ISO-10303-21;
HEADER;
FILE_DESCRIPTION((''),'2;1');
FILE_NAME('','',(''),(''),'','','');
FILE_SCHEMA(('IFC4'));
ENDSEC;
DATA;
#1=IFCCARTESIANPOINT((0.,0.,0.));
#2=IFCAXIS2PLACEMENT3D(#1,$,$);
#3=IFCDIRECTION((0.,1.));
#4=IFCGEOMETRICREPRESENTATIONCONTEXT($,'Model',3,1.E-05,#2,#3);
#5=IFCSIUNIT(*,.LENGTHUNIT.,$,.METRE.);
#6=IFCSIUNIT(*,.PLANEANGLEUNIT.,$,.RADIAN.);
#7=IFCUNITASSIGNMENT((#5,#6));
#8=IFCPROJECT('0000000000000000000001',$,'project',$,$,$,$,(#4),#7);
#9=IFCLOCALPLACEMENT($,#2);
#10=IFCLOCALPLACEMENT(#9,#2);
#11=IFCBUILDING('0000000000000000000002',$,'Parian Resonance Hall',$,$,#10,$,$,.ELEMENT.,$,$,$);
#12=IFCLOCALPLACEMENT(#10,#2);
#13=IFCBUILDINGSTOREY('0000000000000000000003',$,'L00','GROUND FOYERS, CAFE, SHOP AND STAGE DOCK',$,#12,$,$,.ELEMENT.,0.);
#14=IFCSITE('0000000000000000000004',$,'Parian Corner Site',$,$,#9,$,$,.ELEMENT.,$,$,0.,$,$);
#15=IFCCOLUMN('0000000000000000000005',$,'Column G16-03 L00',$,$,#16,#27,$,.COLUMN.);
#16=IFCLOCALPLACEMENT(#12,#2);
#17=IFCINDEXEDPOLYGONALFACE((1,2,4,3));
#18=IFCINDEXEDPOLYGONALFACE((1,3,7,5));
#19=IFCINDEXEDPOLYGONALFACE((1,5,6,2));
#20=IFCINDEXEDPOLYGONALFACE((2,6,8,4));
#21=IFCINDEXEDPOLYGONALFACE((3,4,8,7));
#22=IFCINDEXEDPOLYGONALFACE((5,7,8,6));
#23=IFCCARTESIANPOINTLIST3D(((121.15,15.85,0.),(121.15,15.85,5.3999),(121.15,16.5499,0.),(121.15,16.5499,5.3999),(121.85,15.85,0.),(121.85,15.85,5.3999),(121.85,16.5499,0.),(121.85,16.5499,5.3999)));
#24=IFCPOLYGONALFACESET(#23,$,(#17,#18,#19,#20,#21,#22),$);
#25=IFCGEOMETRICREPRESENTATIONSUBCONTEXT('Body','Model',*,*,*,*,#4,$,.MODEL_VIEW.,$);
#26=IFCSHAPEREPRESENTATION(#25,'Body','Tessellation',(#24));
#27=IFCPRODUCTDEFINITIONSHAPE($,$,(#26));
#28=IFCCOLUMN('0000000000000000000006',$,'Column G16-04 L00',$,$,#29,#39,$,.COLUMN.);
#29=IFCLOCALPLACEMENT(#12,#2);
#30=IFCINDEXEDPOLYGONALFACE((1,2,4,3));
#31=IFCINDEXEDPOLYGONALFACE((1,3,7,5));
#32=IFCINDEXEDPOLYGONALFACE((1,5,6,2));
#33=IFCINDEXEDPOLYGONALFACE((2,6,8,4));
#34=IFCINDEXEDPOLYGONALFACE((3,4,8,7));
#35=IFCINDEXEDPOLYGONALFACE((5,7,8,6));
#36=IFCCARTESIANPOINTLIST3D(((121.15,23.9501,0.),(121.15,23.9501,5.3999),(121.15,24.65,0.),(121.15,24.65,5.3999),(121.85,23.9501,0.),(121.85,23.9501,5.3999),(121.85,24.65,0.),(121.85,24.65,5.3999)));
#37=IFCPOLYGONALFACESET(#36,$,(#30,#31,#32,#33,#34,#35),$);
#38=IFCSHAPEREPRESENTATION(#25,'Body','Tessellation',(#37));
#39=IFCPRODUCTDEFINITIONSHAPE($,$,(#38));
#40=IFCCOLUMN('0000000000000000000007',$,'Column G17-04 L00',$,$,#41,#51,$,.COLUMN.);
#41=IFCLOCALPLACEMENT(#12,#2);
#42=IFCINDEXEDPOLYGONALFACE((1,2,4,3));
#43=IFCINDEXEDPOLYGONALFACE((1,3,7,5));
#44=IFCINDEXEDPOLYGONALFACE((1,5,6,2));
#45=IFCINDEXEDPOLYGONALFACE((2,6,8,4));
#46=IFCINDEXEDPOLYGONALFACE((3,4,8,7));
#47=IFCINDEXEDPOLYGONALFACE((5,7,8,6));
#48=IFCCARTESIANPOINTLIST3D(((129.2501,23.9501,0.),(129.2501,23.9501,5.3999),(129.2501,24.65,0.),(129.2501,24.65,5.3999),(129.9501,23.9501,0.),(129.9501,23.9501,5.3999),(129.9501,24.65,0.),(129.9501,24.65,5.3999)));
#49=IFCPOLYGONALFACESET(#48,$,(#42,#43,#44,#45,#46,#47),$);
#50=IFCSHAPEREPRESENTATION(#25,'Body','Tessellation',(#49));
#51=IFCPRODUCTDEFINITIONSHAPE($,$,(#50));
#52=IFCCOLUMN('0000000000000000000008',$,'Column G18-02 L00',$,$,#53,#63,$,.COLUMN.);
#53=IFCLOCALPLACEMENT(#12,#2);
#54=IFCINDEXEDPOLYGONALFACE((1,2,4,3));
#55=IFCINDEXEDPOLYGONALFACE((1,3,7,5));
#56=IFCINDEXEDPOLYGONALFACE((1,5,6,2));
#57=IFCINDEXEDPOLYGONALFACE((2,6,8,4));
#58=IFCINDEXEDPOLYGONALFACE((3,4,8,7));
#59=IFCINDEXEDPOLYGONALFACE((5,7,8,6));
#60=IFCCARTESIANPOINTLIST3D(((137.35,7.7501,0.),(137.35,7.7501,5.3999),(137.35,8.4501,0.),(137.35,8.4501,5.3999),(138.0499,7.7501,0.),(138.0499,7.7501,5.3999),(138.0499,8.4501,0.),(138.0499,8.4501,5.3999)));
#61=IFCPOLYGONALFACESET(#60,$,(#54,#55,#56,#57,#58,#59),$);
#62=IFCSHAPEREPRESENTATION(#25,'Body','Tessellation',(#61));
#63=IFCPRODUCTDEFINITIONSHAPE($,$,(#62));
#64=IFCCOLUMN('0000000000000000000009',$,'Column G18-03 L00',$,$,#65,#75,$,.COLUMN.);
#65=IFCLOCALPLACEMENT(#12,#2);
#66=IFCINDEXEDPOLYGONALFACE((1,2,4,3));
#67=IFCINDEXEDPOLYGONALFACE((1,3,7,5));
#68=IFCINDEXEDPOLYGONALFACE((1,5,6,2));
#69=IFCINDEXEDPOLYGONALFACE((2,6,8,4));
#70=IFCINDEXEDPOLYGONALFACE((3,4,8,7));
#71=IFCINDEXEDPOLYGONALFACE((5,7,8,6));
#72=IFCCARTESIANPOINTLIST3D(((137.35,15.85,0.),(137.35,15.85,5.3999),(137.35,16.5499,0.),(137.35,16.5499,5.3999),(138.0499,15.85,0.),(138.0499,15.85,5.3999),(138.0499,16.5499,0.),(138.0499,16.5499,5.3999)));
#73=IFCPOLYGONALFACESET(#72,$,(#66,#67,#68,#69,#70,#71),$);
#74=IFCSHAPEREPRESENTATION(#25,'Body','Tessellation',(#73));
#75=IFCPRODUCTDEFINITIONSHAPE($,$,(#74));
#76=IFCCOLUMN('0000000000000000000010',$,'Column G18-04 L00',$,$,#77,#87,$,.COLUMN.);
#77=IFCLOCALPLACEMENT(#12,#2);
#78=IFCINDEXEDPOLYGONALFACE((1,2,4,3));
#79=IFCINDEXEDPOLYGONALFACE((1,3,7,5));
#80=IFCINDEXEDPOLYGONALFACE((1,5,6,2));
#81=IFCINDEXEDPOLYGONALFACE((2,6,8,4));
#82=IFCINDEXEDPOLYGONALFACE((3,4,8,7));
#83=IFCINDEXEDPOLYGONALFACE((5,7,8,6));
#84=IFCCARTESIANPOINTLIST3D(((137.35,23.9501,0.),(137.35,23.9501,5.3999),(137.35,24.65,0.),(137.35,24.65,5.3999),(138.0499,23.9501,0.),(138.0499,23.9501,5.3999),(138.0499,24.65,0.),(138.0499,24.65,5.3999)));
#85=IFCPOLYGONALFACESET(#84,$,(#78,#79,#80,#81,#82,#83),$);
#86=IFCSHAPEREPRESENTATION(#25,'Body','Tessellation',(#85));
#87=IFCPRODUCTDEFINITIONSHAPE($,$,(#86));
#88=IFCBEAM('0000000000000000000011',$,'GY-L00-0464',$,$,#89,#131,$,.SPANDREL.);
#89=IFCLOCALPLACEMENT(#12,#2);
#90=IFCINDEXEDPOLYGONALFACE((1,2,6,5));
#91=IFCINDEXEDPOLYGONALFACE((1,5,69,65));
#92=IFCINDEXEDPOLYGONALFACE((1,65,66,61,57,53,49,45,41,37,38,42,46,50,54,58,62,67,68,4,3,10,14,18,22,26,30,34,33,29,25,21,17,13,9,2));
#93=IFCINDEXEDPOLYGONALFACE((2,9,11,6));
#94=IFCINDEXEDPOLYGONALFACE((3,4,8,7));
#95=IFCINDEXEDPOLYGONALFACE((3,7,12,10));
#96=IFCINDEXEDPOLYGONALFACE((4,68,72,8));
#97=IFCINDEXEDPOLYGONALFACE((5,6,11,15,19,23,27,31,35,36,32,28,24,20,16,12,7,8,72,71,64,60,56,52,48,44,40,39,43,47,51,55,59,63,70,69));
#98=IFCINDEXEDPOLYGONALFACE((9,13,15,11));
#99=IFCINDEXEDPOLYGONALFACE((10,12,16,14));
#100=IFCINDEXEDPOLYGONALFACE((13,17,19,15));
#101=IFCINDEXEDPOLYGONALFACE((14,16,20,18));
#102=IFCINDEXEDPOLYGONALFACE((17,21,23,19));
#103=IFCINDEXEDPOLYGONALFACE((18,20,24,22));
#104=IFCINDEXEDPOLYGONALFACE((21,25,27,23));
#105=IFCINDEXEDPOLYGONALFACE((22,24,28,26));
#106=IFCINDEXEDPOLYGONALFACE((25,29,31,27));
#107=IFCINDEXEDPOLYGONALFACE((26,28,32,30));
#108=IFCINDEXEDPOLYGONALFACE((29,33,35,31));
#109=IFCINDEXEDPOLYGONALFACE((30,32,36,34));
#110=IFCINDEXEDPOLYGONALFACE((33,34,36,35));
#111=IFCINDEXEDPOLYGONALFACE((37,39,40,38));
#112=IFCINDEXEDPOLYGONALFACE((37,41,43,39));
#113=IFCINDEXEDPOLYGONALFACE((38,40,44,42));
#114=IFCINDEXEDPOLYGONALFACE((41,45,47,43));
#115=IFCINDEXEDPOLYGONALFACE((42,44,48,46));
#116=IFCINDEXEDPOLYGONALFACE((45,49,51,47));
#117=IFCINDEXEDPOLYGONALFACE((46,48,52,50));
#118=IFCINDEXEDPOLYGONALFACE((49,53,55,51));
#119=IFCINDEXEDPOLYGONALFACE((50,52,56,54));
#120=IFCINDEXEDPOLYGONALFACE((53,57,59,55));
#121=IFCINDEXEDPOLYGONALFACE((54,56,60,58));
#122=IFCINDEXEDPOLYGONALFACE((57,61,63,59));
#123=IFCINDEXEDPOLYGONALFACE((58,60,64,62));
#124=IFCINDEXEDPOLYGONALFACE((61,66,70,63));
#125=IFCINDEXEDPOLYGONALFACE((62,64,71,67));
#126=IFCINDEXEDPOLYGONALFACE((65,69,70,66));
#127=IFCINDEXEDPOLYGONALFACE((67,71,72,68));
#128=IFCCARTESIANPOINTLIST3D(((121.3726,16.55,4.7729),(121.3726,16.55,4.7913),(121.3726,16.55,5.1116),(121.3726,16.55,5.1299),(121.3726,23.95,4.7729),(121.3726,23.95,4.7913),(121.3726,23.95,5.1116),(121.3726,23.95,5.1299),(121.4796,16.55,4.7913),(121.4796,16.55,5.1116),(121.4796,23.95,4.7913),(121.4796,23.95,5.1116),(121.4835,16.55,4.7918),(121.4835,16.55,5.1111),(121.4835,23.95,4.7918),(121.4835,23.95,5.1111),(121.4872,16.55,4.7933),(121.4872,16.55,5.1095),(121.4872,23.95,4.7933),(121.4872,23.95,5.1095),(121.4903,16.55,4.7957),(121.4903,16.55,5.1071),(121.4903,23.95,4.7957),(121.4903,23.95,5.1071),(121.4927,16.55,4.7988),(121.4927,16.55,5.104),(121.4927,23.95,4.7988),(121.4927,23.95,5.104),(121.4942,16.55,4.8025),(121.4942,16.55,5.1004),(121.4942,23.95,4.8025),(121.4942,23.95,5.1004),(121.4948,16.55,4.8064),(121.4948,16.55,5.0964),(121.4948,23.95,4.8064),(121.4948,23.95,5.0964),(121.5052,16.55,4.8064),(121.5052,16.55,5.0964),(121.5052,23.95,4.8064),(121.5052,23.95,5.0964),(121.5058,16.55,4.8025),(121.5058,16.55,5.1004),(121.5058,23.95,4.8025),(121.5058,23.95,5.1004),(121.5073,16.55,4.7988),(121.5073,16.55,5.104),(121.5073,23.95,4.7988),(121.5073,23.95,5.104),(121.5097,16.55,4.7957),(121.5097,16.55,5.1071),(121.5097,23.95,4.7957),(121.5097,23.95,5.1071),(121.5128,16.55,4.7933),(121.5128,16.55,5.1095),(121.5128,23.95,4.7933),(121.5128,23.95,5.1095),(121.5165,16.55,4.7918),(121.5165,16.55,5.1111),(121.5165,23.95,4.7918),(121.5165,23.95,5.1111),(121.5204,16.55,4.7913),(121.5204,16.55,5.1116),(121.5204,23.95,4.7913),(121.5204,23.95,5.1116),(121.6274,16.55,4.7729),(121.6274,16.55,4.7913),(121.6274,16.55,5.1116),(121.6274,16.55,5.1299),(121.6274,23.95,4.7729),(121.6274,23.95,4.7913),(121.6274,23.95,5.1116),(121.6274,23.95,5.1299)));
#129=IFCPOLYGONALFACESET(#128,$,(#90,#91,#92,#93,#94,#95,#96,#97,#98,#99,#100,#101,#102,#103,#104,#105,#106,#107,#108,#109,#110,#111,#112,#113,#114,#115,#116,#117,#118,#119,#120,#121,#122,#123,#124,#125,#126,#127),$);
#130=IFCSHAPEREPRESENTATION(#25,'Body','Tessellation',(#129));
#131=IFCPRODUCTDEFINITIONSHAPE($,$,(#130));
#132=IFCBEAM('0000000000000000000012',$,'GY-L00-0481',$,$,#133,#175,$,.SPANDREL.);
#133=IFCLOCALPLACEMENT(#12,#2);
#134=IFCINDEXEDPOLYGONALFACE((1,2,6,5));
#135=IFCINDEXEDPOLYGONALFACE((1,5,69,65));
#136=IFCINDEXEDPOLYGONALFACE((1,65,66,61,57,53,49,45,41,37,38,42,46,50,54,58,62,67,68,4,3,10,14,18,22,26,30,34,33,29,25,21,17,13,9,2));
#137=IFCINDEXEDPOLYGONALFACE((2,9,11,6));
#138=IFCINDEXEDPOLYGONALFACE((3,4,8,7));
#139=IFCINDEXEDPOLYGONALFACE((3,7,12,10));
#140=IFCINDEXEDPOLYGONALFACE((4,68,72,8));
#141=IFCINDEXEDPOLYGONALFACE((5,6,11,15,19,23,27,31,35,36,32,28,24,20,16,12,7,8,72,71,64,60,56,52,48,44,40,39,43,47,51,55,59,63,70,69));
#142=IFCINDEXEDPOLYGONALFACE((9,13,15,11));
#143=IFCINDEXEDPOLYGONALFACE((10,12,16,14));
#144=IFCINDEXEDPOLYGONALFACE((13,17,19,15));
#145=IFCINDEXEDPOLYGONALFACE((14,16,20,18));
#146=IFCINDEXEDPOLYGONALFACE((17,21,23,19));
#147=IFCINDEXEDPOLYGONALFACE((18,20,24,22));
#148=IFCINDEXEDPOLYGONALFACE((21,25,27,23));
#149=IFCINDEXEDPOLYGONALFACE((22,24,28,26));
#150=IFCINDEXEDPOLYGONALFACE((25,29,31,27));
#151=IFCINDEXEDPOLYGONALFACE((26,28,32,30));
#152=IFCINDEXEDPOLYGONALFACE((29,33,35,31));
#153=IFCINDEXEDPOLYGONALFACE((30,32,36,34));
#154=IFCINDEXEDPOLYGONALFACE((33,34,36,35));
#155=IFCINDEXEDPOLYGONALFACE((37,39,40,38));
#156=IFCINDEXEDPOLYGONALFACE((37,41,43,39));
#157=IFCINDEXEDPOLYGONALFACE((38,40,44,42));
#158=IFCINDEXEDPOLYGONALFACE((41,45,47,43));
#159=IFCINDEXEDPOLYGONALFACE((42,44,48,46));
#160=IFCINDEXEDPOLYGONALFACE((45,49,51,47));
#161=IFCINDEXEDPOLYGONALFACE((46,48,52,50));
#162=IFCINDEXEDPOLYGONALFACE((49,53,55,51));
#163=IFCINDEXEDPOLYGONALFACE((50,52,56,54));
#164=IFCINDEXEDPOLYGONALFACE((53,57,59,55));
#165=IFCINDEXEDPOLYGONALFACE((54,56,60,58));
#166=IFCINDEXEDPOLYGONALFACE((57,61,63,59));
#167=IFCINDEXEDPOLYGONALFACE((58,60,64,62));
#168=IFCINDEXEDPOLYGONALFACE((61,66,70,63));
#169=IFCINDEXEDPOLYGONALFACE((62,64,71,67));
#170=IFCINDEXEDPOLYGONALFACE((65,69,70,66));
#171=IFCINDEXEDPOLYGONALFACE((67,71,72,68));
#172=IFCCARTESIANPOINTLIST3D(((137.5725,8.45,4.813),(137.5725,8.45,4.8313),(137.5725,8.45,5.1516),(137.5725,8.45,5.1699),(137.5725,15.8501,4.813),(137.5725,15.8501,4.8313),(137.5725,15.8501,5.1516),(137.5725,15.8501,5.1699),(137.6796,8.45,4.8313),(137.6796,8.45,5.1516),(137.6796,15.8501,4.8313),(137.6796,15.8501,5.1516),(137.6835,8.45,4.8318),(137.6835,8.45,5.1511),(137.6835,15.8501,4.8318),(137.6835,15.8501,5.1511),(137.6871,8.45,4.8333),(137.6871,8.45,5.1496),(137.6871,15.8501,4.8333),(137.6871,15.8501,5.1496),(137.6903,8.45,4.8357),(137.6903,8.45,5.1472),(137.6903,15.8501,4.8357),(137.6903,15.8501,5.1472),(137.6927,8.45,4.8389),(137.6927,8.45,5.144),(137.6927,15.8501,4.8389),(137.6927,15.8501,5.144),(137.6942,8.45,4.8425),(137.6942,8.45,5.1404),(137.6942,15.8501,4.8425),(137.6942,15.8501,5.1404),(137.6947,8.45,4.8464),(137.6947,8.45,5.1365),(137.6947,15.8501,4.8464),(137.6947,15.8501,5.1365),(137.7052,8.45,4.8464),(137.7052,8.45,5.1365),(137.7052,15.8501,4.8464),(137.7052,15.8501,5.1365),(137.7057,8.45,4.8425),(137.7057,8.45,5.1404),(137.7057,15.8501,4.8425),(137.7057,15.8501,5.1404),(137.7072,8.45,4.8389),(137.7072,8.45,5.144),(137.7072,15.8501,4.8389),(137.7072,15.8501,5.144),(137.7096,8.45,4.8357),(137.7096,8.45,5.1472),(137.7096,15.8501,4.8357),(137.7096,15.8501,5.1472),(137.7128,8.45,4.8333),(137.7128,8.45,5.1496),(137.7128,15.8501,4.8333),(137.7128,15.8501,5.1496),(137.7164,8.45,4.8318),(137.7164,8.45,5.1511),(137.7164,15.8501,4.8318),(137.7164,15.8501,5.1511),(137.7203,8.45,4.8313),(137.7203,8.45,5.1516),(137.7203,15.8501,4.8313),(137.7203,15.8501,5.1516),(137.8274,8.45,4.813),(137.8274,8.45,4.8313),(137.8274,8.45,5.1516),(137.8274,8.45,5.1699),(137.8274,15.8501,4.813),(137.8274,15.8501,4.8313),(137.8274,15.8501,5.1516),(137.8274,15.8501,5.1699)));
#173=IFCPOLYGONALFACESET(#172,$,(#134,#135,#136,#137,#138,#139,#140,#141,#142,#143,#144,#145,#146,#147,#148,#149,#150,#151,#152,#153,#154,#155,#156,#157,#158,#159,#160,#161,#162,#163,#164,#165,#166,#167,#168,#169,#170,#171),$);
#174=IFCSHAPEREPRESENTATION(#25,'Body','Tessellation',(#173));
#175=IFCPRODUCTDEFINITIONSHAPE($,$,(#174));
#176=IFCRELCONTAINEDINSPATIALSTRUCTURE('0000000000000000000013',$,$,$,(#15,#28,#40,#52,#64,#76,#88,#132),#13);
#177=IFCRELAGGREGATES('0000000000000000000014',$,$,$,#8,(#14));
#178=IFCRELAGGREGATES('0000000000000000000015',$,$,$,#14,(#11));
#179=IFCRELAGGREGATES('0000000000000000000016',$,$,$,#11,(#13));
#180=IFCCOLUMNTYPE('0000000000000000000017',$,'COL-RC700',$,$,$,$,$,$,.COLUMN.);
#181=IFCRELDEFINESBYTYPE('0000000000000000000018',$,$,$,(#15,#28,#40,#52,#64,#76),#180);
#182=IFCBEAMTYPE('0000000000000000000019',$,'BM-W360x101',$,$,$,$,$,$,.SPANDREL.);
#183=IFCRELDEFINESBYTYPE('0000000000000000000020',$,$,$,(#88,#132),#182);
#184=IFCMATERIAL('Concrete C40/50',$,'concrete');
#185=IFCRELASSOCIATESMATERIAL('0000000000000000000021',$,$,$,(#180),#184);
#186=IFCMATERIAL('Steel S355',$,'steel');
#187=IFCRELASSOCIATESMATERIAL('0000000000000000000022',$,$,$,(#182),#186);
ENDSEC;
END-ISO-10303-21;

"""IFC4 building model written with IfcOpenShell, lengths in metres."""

from ifc_helpers import new_model, si_unit, direction, frame, origin, origin_2d, place, context, subcontext, project, spatial, rectangle, i_section, extrude, material, material_profile, profile_set, type_object, element, save


model = new_model("IFC4")

# Units and contexts
model_context = context("Model", 3, precision=1e-05, world=origin(), true_north=direction((0.0, 1.0)))
body_context = subcontext(model_context, "Body", "Model", "MODEL_VIEW")
ifc_project = project(units=[si_unit("LENGTHUNIT", "METRE"), si_unit("PLANEANGLEUNIT", "RADIAN")], contexts=[model_context])

# Site, building, storey
site_placement = place(None, origin())
site = spatial("IfcSite", under=ifc_project, at=site_placement, Name="Parian Corner Site", CompositionType="ELEMENT", RefElevation=0.0)
building_placement = place(site_placement, origin())
building = spatial("IfcBuilding", under=site, at=building_placement, Name="Parian Resonance Hall", CompositionType="ELEMENT")
storey_placement = place(building_placement, origin())
storey = spatial("IfcBuildingStorey", under=building, at=storey_placement, Name="L00", Description="GROUND FOYERS, CAFE, SHOP AND STAGE DOCK", CompositionType="ELEMENT", Elevation=0.0)

# Columns
ifc_material_1 = material(Name="Concrete C40/50", Category="concrete")
ifc_material_profile_1 = material_profile(ifc_material_1, rectangle(XDim=0.7, YDim=0.7, at=origin_2d()), Name="RC-COL-700x700")
ifc_profile_set_1 = profile_set([ifc_material_profile_1], Name="Concrete C40/50")
column_type = type_object("IfcColumnType", Name="COL-RC700", PredefinedType="COLUMN", material=ifc_profile_set_1)
for number, where, z_axis, x_axis, name in (
    (1, (121.5, 16.2, 0.0), (0.0, 0.0, 1.0), (1.0, 0.0, 0.0), "Column G16-03 L00"),
    (2, (121.5, 24.3, 0.0), (0.0, 0.0, 1.0), (1.0, 0.0, 0.0), "Column G16-04 L00"),
    (3, (129.6001, 24.3, 0.0), (0.0, 0.0, 1.0), (1.0, 0.0, 0.0), "Column G17-04 L00"),
    (4, (137.7, 8.1001, 0.0), (0.0, 0.0, 1.0), (1.0, 0.0, 0.0), "Column G18-02 L00"),
    (5, (137.7, 16.2, 0.0), (0.0, 0.0, 1.0), (1.0, 0.0, 0.0), "Column G18-03 L00"),
    (6, (137.7, 24.3, 0.0), (0.0, 0.0, 1.0), (1.0, 0.0, 0.0), "Column G18-04 L00"),
):
    element("IfcColumn", number, at=place(storey_placement, frame(where, z_axis=z_axis, x_axis=x_axis)), inside=storey, type_object=column_type, Name=name, PredefinedType="COLUMN", context=body_context, shape_type="SweptSolid", body=[
        extrude(rectangle(XDim=0.7, YDim=0.7, at=origin_2d()), origin(), (0.0, 0.0, 1.0), 5.3999),
    ])

# Beams
ifc_material_2 = material(Name="Steel S355", Category="steel")
ifc_material_profile_2 = material_profile(ifc_material_2, i_section(OverallWidth=0.2549, OverallDepth=0.3569, WebThickness=0.0105, FlangeThickness=0.0183, FilletRadius=0.0151, at=origin_2d()), Name="W360x101")
ifc_profile_set_2 = profile_set([ifc_material_profile_2], Name="Steel S355")
beam_type_1 = type_object("IfcBeamType", Name="BM-W360x101", PredefinedType="SPANDREL", material=ifc_profile_set_2)
beam_1_placement = place(storey_placement, frame((121.5, 16.55, 4.9514), z_axis=(0.0, 1.0, 0.0), x_axis=(-1.0, 0.0, 0.0)))
element("IfcBeam", 7, at=beam_1_placement, inside=storey, type_object=beam_type_1, Name="GY-L00-0464", PredefinedType="SPANDREL", context=body_context, shape_type="SweptSolid", body=[
    extrude(i_section(OverallWidth=0.2549, OverallDepth=0.3569, WebThickness=0.0105, FlangeThickness=0.0183, FilletRadius=0.0151, at=origin_2d()), origin(), (0.0, 0.0, 1.0), 7.3999),
])
beam_2_placement = place(storey_placement, frame((137.7, 8.45, 4.9915), z_axis=(0.0, 1.0, 0.0), x_axis=(-1.0, 0.0, 0.0)))
element("IfcBeam", 8, at=beam_2_placement, inside=storey, type_object=beam_type_1, Name="GY-L00-0481", PredefinedType="SPANDREL", context=body_context, shape_type="SweptSolid", body=[
    extrude(i_section(OverallWidth=0.2549, OverallDepth=0.3569, WebThickness=0.0105, FlangeThickness=0.0183, FilletRadius=0.0151, at=origin_2d()), origin(), (0.0, 0.0, 1.0), 7.4001),
])

save(model, "model.ifc")
